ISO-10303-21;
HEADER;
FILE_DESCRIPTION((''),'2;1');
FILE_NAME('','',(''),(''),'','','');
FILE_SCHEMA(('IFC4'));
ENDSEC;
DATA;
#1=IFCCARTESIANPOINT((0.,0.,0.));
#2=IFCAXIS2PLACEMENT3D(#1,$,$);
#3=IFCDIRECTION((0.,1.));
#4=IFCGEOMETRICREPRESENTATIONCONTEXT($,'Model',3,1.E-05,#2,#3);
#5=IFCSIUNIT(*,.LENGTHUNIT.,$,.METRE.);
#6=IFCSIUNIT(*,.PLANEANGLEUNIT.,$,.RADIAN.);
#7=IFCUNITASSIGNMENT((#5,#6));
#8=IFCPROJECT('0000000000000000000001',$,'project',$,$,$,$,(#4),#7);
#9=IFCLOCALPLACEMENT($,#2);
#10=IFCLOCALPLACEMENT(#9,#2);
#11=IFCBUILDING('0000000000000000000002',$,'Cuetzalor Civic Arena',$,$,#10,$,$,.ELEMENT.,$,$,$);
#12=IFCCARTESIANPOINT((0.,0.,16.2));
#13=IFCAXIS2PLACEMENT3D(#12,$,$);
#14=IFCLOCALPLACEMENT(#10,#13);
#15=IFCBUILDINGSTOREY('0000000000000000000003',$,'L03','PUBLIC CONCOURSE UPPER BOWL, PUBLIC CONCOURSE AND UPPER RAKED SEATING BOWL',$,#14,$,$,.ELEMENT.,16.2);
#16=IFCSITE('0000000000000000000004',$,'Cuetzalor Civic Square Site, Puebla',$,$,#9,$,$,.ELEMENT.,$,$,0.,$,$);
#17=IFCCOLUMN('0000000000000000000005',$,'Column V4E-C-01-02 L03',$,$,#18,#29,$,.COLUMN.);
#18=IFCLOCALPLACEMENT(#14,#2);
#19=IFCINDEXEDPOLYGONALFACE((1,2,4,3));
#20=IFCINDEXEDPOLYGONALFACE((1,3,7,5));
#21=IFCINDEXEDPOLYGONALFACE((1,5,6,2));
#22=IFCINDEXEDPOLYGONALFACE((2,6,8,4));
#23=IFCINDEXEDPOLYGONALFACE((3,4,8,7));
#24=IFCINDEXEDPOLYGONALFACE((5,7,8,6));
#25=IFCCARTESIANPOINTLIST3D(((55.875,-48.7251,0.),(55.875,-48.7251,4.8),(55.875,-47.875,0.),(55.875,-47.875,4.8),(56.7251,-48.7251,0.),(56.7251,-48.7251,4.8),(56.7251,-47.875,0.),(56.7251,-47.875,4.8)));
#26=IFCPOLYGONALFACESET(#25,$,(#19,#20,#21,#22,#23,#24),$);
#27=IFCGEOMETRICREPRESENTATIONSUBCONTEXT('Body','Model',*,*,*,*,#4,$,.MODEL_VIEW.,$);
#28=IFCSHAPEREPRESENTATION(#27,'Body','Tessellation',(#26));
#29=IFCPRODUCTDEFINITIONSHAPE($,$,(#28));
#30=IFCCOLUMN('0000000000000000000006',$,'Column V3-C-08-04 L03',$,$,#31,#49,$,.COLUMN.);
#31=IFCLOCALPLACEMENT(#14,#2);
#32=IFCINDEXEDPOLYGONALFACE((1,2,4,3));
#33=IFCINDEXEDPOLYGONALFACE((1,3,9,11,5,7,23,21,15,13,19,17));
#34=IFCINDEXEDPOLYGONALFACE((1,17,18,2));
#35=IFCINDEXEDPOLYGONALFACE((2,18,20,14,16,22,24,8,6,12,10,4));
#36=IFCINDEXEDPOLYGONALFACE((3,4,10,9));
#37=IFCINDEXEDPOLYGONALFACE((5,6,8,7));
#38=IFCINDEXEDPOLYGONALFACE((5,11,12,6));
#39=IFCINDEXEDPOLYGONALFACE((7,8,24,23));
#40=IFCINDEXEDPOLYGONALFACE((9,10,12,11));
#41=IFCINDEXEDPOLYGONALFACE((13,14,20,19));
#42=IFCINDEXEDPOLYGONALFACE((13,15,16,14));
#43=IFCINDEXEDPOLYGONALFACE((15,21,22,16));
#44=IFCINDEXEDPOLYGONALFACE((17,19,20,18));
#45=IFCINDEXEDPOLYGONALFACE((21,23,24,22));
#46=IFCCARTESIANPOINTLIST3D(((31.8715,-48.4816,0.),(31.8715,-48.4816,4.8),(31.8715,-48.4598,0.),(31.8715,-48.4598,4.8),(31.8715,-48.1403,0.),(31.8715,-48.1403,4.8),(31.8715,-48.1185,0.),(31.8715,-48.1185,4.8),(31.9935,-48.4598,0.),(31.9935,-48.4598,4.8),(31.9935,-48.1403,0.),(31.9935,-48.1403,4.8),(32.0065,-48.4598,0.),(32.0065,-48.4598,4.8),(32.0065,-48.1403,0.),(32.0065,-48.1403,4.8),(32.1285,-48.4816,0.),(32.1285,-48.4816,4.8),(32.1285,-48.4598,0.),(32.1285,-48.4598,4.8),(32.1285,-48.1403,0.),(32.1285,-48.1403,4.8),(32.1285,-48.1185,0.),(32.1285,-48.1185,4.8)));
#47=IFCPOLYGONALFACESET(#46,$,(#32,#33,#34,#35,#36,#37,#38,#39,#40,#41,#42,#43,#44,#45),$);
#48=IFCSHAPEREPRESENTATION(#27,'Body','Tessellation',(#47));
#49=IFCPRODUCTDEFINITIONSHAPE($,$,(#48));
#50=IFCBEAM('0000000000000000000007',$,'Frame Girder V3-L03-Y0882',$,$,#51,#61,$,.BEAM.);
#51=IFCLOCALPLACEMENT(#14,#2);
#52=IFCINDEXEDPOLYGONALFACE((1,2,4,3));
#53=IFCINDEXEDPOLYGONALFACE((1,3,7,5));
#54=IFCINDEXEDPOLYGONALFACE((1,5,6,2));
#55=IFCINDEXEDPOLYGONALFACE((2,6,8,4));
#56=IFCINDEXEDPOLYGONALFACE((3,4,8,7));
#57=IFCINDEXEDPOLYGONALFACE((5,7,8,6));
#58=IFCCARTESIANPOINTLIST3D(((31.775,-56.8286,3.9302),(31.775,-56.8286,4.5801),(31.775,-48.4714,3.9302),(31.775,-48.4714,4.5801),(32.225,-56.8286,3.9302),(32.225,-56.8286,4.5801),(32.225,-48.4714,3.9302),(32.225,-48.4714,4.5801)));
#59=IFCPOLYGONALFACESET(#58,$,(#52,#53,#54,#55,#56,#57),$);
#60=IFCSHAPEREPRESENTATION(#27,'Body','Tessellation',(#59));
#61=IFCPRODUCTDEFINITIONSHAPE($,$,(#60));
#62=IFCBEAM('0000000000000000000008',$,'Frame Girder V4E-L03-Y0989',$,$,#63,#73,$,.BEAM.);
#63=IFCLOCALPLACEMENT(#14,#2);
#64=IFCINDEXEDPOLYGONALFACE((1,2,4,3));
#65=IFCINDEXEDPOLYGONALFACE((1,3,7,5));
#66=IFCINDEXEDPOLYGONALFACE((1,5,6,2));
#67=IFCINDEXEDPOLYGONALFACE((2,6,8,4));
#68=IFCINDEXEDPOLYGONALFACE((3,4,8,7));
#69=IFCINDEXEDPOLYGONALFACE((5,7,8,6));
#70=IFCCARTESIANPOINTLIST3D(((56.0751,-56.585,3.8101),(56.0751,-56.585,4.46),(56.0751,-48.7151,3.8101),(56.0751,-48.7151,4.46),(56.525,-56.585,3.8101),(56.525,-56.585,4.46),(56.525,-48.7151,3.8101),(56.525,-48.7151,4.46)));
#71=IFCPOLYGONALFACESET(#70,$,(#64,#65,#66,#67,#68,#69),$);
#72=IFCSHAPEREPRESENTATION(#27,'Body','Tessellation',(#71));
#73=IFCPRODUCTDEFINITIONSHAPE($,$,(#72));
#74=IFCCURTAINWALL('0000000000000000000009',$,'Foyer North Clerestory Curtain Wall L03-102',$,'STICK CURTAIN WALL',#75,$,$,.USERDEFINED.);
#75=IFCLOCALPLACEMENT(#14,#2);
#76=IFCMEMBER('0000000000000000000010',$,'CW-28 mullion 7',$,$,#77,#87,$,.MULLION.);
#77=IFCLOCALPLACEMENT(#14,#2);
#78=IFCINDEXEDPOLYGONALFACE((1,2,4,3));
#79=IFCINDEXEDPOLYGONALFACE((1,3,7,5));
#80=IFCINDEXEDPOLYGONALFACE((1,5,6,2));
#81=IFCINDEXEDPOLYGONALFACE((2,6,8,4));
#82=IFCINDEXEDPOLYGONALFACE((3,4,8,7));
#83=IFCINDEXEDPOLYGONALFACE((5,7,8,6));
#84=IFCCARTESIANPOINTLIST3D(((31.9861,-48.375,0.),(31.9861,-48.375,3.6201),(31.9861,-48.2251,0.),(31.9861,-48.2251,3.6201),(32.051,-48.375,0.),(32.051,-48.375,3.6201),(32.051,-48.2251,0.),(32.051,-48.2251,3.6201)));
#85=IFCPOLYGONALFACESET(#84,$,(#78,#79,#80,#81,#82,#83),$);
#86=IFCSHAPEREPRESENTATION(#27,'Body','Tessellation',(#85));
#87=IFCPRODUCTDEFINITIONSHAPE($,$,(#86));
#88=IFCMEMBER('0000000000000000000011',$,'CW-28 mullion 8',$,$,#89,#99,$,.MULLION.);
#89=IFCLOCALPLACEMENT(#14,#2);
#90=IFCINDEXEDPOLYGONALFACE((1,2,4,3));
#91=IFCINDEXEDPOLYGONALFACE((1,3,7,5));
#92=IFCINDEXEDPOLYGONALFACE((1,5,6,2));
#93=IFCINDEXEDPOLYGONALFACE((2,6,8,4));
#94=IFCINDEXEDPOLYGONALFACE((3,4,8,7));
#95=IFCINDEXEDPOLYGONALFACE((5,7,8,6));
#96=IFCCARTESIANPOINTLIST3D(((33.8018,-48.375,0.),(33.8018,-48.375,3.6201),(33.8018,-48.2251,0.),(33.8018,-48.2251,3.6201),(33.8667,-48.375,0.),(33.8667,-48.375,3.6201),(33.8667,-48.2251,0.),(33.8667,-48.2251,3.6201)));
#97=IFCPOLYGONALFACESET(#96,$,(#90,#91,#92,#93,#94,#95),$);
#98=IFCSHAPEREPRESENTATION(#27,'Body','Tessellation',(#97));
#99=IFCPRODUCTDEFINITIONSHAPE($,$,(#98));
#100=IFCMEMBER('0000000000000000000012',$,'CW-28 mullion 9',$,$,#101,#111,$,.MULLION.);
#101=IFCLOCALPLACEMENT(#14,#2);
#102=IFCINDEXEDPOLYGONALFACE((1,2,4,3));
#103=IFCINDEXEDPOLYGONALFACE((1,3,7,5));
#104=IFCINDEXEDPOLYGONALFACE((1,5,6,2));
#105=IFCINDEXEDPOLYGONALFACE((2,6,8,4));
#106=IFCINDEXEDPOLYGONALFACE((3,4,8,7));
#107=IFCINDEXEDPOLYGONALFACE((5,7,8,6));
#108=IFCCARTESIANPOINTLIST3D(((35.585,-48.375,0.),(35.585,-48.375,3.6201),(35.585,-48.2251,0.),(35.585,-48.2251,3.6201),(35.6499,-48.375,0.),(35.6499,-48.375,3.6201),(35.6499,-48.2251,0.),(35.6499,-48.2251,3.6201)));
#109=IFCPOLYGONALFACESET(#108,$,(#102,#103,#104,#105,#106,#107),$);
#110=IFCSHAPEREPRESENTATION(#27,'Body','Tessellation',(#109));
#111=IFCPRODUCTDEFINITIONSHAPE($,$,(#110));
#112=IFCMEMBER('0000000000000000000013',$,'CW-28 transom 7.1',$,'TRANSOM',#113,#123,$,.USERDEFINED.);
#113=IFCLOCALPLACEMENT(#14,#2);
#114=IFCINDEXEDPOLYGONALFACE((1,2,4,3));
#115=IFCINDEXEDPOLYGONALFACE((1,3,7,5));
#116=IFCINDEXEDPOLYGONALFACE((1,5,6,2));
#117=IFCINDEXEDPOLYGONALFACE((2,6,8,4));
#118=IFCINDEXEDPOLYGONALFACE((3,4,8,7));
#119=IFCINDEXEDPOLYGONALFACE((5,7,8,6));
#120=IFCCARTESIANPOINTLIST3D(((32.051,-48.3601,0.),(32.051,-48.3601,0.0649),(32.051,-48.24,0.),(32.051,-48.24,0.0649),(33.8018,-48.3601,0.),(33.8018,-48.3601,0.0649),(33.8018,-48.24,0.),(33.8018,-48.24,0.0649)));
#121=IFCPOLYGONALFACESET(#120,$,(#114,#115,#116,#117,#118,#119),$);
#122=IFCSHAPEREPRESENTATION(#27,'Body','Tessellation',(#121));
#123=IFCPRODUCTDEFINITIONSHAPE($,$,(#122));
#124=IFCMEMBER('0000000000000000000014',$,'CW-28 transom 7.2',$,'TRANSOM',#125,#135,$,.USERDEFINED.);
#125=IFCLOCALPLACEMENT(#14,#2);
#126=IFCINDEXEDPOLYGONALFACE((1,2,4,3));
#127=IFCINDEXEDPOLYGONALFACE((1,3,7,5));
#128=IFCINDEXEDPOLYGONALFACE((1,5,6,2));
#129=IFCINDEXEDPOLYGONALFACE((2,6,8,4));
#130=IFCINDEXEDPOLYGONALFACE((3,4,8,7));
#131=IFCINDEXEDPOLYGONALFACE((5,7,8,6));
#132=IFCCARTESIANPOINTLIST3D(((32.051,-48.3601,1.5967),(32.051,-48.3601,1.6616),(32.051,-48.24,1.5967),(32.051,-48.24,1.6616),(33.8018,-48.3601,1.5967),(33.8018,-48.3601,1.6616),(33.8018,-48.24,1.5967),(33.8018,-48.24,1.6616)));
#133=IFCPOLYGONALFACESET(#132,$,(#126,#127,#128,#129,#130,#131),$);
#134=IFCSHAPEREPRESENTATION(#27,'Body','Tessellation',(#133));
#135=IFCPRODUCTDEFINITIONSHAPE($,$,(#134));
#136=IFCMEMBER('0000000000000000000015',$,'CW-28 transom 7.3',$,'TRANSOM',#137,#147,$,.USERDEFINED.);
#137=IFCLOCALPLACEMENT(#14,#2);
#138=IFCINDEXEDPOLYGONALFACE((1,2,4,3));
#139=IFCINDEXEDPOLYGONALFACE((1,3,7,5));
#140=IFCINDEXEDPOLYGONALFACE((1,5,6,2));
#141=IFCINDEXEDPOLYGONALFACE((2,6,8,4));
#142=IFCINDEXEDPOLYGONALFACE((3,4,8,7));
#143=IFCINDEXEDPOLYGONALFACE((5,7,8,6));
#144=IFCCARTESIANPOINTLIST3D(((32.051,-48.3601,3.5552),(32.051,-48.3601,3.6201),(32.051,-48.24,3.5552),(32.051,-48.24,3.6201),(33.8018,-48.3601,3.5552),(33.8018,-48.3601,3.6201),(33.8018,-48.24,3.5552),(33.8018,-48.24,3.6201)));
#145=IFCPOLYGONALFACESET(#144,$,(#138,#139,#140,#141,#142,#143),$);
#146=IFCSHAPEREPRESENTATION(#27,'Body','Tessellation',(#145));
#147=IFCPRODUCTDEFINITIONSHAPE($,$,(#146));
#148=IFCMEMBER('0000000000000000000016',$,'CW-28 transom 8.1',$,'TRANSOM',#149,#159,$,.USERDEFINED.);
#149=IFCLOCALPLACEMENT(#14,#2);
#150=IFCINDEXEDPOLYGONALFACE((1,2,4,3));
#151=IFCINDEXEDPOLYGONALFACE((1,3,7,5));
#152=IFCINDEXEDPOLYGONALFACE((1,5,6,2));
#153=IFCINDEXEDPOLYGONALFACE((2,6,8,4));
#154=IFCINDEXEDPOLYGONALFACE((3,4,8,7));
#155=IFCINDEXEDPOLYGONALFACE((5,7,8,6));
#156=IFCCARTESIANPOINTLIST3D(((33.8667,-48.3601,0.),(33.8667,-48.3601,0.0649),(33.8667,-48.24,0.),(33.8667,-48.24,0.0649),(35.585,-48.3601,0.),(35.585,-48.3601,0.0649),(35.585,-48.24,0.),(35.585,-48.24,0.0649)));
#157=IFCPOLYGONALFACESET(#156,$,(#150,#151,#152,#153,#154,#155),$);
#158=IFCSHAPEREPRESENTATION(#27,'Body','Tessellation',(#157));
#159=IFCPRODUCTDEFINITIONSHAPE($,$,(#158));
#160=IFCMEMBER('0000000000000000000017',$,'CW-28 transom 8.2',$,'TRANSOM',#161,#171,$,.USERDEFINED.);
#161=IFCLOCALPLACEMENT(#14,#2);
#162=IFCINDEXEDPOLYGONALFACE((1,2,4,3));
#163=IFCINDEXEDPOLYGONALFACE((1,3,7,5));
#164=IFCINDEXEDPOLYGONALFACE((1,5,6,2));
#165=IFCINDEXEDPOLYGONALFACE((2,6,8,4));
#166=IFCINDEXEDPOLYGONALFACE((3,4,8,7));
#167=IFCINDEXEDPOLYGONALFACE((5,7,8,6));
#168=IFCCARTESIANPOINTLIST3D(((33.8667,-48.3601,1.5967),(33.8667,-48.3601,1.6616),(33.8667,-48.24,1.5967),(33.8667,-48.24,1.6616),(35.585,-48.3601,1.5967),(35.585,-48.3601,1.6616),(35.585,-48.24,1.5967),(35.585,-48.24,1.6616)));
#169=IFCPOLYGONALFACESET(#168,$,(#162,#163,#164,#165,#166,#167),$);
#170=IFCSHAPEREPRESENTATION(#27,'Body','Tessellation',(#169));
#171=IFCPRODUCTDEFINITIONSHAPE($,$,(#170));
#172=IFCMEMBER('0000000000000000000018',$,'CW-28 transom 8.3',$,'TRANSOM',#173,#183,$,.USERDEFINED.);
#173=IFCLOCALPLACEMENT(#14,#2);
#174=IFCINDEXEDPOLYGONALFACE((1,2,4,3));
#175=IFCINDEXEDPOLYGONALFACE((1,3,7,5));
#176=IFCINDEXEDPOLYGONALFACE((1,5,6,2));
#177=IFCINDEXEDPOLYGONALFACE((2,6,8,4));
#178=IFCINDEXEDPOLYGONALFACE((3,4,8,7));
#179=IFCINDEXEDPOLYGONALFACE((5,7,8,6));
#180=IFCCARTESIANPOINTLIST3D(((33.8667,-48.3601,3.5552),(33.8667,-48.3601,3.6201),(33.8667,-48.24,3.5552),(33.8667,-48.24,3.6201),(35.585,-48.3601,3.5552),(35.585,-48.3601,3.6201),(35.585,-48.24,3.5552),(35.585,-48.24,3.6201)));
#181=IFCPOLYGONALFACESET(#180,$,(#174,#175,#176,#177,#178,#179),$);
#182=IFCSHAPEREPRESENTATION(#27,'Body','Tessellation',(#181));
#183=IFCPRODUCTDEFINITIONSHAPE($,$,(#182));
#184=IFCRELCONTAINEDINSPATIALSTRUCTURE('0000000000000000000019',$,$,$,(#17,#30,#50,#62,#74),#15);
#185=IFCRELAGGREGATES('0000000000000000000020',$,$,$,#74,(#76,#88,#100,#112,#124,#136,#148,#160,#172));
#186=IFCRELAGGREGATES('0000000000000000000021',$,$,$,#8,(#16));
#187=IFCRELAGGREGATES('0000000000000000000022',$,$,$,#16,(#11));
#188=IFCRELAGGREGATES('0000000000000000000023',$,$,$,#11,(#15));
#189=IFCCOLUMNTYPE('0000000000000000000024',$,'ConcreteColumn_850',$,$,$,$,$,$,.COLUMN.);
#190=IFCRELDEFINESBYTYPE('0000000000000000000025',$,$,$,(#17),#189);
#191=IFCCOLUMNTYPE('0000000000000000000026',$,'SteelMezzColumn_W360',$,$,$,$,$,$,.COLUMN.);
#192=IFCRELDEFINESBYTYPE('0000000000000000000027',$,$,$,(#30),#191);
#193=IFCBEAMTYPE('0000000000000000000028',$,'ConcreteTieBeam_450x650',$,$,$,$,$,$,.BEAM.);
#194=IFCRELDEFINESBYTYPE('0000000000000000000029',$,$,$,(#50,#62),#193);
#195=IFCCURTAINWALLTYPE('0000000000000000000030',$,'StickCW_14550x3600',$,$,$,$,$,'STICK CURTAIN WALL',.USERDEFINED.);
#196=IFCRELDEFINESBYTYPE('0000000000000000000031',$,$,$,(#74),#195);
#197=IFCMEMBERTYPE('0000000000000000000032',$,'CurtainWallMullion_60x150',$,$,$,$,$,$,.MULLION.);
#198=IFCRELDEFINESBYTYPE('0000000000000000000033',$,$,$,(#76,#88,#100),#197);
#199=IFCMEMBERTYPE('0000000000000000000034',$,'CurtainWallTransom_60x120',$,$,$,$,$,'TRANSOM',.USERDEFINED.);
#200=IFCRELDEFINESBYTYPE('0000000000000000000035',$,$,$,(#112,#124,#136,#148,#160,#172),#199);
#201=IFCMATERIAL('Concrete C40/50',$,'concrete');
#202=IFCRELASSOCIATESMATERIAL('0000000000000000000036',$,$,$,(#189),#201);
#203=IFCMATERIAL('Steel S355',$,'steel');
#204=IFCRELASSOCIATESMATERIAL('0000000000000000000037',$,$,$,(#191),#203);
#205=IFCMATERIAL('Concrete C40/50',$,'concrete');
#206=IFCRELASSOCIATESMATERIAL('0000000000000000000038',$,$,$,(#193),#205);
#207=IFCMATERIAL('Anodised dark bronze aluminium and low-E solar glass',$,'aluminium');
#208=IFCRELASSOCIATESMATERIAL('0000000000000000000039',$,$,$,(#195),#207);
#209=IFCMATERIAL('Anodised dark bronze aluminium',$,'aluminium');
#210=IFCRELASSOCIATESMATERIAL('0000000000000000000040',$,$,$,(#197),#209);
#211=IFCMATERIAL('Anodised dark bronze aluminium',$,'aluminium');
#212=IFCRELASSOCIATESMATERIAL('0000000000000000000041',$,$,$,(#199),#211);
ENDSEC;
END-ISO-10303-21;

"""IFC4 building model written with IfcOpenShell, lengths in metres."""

from ifc_helpers import new_model, si_unit, direction, frame, origin, origin_2d, place, context, subcontext, project, spatial, rectangle, i_section, extrude, material, material_profile, profile_set, type_object, element, aggregate, save


model = new_model("IFC4")

# Units and contexts
model_context = context("Model", 3, precision=1e-05, world=origin(), true_north=direction((0.0, 1.0)))
body_context = subcontext(model_context, "Body", "Model", "MODEL_VIEW")
ifc_project = project(units=[si_unit("LENGTHUNIT", "METRE"), si_unit("PLANEANGLEUNIT", "RADIAN")], contexts=[model_context])

# Site, building, storey
site_placement = place(None, origin())
site = spatial("IfcSite", under=ifc_project, at=site_placement, Name="Cuetzalor Civic Square Site, Puebla", CompositionType="ELEMENT", RefElevation=0.0)
building_placement = place(site_placement, origin())
building = spatial("IfcBuilding", under=site, at=building_placement, Name="Cuetzalor Civic Arena", CompositionType="ELEMENT")
storey_placement = place(building_placement, frame((0.0, 0.0, 16.2)))
storey = spatial("IfcBuildingStorey", under=building, at=storey_placement, Name="L03", Description="PUBLIC CONCOURSE UPPER BOWL, PUBLIC CONCOURSE AND UPPER RAKED SEATING BOWL", CompositionType="ELEMENT", Elevation=16.2)

# Columns
ifc_material_1 = material(Name="Concrete C40/50", Category="concrete")
ifc_material_profile_1 = material_profile(ifc_material_1, rectangle(XDim=0.8501, YDim=0.8501, at=origin_2d()), Name="RC 850x850")
ifc_profile_set_1 = profile_set([ifc_material_profile_1], Name="Concrete C40/50")
column_type_1 = type_object("IfcColumnType", Name="ConcreteColumn_850", PredefinedType="COLUMN", material=ifc_profile_set_1)
column_1_placement = place(storey_placement, frame((56.3, -48.3, 0.0), z_axis=(0.0, 0.0, 1.0), x_axis=(1.0, 0.0, 0.0)))
element("IfcColumn", 1, at=column_1_placement, inside=storey, type_object=column_type_1, Name="Column V4E-C-01-02 L03", PredefinedType="COLUMN", context=body_context, shape_type="SweptSolid", body=[
    extrude(rectangle(XDim=0.8501, YDim=0.8501, at=origin_2d()), origin(), (0.0, 0.0, 1.0), 4.8),
])
ifc_material_2 = material(Name="Steel S355", Category="steel")
ifc_material_profile_2 = material_profile(ifc_material_2, i_section(OverallWidth=0.2571, OverallDepth=0.363, WebThickness=0.0129, FlangeThickness=0.0217, at=origin_2d()), Name="W360x122")
ifc_profile_set_2 = profile_set([ifc_material_profile_2], Name="Steel S355")
column_type_2 = type_object("IfcColumnType", Name="SteelMezzColumn_W360", PredefinedType="COLUMN", material=ifc_profile_set_2)
column_2_placement = place(storey_placement, frame((32.0, -48.3, 0.0), z_axis=(0.0, 0.0, 1.0), x_axis=(1.0, 0.0, 0.0)))
element("IfcColumn", 2, at=column_2_placement, inside=storey, type_object=column_type_2, Name="Column V3-C-08-04 L03", PredefinedType="COLUMN", context=body_context, shape_type="SweptSolid", body=[
    extrude(i_section(OverallWidth=0.2571, OverallDepth=0.363, WebThickness=0.0129, FlangeThickness=0.0217, at=origin_2d()), origin(), (0.0, 0.0, 1.0), 4.8),
])

# Beams
ifc_material_3 = material(Name="Concrete C40/50", Category="concrete")
ifc_material_profile_3 = material_profile(ifc_material_3, rectangle(XDim=0.45, YDim=0.6499, at=origin_2d()), Name="RC 450x650")
ifc_profile_set_3 = profile_set([ifc_material_profile_3], Name="Concrete C40/50")
beam_type_1 = type_object("IfcBeamType", Name="ConcreteTieBeam_450x650", PredefinedType="BEAM", material=ifc_profile_set_3)
beam_1_placement = place(storey_placement, frame((32.0, -56.8286, 4.2551), z_axis=(0.0, 1.0, 0.0), x_axis=(-1.0, 0.0, 0.0)))
element("IfcBeam", 3, at=beam_1_placement, inside=storey, type_object=beam_type_1, Name="Frame Girder V3-L03-Y0882", PredefinedType="BEAM", context=body_context, shape_type="SweptSolid", body=[
    extrude(rectangle(XDim=0.45, YDim=0.6499, at=origin_2d()), origin(), (0.0, 0.0, 1.0), 8.3572),
])
beam_2_placement = place(storey_placement, frame((56.3, -56.585, 4.135), z_axis=(0.0, 1.0, 0.0), x_axis=(-1.0, 0.0, 0.0)))
element("IfcBeam", 4, at=beam_2_placement, inside=storey, type_object=beam_type_1, Name="Frame Girder V4E-L03-Y0989", PredefinedType="BEAM", context=body_context, shape_type="SweptSolid", body=[
    extrude(rectangle(XDim=0.45, YDim=0.6499, at=origin_2d()), origin(), (0.0, 0.0, 1.0), 7.8699),
])

# Curtain wall, members
ifc_material_4 = material(Name="Anodised dark bronze aluminium and low-E solar glass", Category="aluminium")
curtain_wall_type = type_object("IfcCurtainWallType", Name="StickCW_14550x3600", ElementType="STICK CURTAIN WALL", PredefinedType="USERDEFINED", material=ifc_material_4)
curtain_wall_placement = place(storey_placement, origin())
curtain_wall = element("IfcCurtainWall", 5, at=curtain_wall_placement, inside=storey, type_object=curtain_wall_type, Name="Foyer North Clerestory Curtain Wall L03-102", ObjectType="STICK CURTAIN WALL", PredefinedType="USERDEFINED")
ifc_material_5 = material(Name="Anodised dark bronze aluminium", Category="aluminium")
ifc_material_profile_4 = material_profile(ifc_material_5, rectangle(XDim=0.0649, YDim=0.1499, at=origin_2d()), Name="ALU MULLION 65x150")
ifc_profile_set_4 = profile_set([ifc_material_profile_4], Name="Anodised dark bronze aluminium")
member_type_1 = type_object("IfcMemberType", Name="CurtainWallMullion_60x150", PredefinedType="MULLION", material=ifc_profile_set_4)
member_1_placement = place(storey_placement, frame((32.0186, -48.3, 0.0), z_axis=(0.0, 0.0, 1.0), x_axis=(1.0, 0.0, 0.0)))
member_1 = element("IfcMember", 6, at=member_1_placement, type_object=member_type_1, Name="CW-28 mullion 7", PredefinedType="MULLION", context=body_context, shape_type="SweptSolid", body=[
    extrude(rectangle(XDim=0.0649, YDim=0.1499, at=origin_2d()), origin(), (0.0, 0.0, 1.0), 3.6201),
])
member_2_placement = place(storey_placement, frame((33.8342, -48.3, 0.0), z_axis=(0.0, 0.0, 1.0), x_axis=(1.0, 0.0, 0.0)))
member_2 = element("IfcMember", 7, at=member_2_placement, type_object=member_type_1, Name="CW-28 mullion 8", PredefinedType="MULLION", context=body_context, shape_type="SweptSolid", body=[
    extrude(rectangle(XDim=0.0649, YDim=0.1499, at=origin_2d()), origin(), (0.0, 0.0, 1.0), 3.6201),
])
member_3_placement = place(storey_placement, frame((35.6174, -48.3, 0.0), z_axis=(0.0, 0.0, 1.0), x_axis=(1.0, 0.0, 0.0)))
member_3 = element("IfcMember", 8, at=member_3_placement, type_object=member_type_1, Name="CW-28 mullion 9", PredefinedType="MULLION", context=body_context, shape_type="SweptSolid", body=[
    extrude(rectangle(XDim=0.0649, YDim=0.1499, at=origin_2d()), origin(), (0.0, 0.0, 1.0), 3.6201),
])
ifc_material_6 = material(Name="Anodised dark bronze aluminium", Category="aluminium")
ifc_material_profile_5 = material_profile(ifc_material_6, rectangle(XDim=0.1201, YDim=0.0649, at=origin_2d()), Name="ALU TRANSOM 65x120")
ifc_profile_set_5 = profile_set([ifc_material_profile_5], Name="Anodised dark bronze aluminium")
member_type_2 = type_object("IfcMemberType", Name="CurtainWallTransom_60x120", ElementType="TRANSOM", PredefinedType="USERDEFINED", material=ifc_profile_set_5)
member_4_placement = place(storey_placement, frame((32.051, -48.3, 0.0325), z_axis=(1.0, 0.0, 0.0), x_axis=(0.0, 1.0, 0.0)))
member_4 = element("IfcMember", 9, at=member_4_placement, type_object=member_type_2, Name="CW-28 transom 7.1", ObjectType="TRANSOM", PredefinedType="USERDEFINED", context=body_context, shape_type="SweptSolid", body=[
    extrude(rectangle(XDim=0.1201, YDim=0.0649, at=origin_2d()), origin(), (0.0, 0.0, 1.0), 1.7507),
])
member_5_placement = place(storey_placement, frame((32.051, -48.3, 1.6292), z_axis=(1.0, 0.0, 0.0), x_axis=(0.0, 1.0, 0.0)))
member_5 = element("IfcMember", 10, at=member_5_placement, type_object=member_type_2, Name="CW-28 transom 7.2", ObjectType="TRANSOM", PredefinedType="USERDEFINED", context=body_context, shape_type="SweptSolid", body=[
    extrude(rectangle(XDim=0.1201, YDim=0.0649, at=origin_2d()), origin(), (0.0, 0.0, 1.0), 1.7507),
])
member_6_placement = place(storey_placement, frame((32.051, -48.3, 3.5876), z_axis=(1.0, 0.0, 0.0), x_axis=(0.0, 1.0, 0.0)))
member_6 = element("IfcMember", 11, at=member_6_placement, type_object=member_type_2, Name="CW-28 transom 7.3", ObjectType="TRANSOM", PredefinedType="USERDEFINED", context=body_context, shape_type="SweptSolid", body=[
    extrude(rectangle(XDim=0.1201, YDim=0.0649, at=origin_2d()), origin(), (0.0, 0.0, 1.0), 1.7507),
])
member_7_placement = place(storey_placement, frame((33.8667, -48.3, 0.0325), z_axis=(1.0, 0.0, 0.0), x_axis=(0.0, 1.0, 0.0)))
member_7 = element("IfcMember", 12, at=member_7_placement, type_object=member_type_2, Name="CW-28 transom 8.1", ObjectType="TRANSOM", PredefinedType="USERDEFINED", context=body_context, shape_type="SweptSolid", body=[
    extrude(rectangle(XDim=0.1201, YDim=0.0649, at=origin_2d()), origin(), (0.0, 0.0, 1.0), 1.7183),
])
member_8_placement = place(storey_placement, frame((33.8667, -48.3, 1.6292), z_axis=(1.0, 0.0, 0.0), x_axis=(0.0, 1.0, 0.0)))
member_8 = element("IfcMember", 13, at=member_8_placement, type_object=member_type_2, Name="CW-28 transom 8.2", ObjectType="TRANSOM", PredefinedType="USERDEFINED", context=body_context, shape_type="SweptSolid", body=[
    extrude(rectangle(XDim=0.1201, YDim=0.0649, at=origin_2d()), origin(), (0.0, 0.0, 1.0), 1.7183),
])
member_9_placement = place(storey_placement, frame((33.8667, -48.3, 3.5876), z_axis=(1.0, 0.0, 0.0), x_axis=(0.0, 1.0, 0.0)))
member_9 = element("IfcMember", 14, at=member_9_placement, type_object=member_type_2, Name="CW-28 transom 8.3", ObjectType="TRANSOM", PredefinedType="USERDEFINED", context=body_context, shape_type="SweptSolid", body=[
    extrude(rectangle(XDim=0.1201, YDim=0.0649, at=origin_2d()), origin(), (0.0, 0.0, 1.0), 1.7183),
])

aggregate(curtain_wall, [member_1, member_2, member_3, member_4, member_5, member_6, member_7, member_8, member_9])

save(model, "model.ifc")
